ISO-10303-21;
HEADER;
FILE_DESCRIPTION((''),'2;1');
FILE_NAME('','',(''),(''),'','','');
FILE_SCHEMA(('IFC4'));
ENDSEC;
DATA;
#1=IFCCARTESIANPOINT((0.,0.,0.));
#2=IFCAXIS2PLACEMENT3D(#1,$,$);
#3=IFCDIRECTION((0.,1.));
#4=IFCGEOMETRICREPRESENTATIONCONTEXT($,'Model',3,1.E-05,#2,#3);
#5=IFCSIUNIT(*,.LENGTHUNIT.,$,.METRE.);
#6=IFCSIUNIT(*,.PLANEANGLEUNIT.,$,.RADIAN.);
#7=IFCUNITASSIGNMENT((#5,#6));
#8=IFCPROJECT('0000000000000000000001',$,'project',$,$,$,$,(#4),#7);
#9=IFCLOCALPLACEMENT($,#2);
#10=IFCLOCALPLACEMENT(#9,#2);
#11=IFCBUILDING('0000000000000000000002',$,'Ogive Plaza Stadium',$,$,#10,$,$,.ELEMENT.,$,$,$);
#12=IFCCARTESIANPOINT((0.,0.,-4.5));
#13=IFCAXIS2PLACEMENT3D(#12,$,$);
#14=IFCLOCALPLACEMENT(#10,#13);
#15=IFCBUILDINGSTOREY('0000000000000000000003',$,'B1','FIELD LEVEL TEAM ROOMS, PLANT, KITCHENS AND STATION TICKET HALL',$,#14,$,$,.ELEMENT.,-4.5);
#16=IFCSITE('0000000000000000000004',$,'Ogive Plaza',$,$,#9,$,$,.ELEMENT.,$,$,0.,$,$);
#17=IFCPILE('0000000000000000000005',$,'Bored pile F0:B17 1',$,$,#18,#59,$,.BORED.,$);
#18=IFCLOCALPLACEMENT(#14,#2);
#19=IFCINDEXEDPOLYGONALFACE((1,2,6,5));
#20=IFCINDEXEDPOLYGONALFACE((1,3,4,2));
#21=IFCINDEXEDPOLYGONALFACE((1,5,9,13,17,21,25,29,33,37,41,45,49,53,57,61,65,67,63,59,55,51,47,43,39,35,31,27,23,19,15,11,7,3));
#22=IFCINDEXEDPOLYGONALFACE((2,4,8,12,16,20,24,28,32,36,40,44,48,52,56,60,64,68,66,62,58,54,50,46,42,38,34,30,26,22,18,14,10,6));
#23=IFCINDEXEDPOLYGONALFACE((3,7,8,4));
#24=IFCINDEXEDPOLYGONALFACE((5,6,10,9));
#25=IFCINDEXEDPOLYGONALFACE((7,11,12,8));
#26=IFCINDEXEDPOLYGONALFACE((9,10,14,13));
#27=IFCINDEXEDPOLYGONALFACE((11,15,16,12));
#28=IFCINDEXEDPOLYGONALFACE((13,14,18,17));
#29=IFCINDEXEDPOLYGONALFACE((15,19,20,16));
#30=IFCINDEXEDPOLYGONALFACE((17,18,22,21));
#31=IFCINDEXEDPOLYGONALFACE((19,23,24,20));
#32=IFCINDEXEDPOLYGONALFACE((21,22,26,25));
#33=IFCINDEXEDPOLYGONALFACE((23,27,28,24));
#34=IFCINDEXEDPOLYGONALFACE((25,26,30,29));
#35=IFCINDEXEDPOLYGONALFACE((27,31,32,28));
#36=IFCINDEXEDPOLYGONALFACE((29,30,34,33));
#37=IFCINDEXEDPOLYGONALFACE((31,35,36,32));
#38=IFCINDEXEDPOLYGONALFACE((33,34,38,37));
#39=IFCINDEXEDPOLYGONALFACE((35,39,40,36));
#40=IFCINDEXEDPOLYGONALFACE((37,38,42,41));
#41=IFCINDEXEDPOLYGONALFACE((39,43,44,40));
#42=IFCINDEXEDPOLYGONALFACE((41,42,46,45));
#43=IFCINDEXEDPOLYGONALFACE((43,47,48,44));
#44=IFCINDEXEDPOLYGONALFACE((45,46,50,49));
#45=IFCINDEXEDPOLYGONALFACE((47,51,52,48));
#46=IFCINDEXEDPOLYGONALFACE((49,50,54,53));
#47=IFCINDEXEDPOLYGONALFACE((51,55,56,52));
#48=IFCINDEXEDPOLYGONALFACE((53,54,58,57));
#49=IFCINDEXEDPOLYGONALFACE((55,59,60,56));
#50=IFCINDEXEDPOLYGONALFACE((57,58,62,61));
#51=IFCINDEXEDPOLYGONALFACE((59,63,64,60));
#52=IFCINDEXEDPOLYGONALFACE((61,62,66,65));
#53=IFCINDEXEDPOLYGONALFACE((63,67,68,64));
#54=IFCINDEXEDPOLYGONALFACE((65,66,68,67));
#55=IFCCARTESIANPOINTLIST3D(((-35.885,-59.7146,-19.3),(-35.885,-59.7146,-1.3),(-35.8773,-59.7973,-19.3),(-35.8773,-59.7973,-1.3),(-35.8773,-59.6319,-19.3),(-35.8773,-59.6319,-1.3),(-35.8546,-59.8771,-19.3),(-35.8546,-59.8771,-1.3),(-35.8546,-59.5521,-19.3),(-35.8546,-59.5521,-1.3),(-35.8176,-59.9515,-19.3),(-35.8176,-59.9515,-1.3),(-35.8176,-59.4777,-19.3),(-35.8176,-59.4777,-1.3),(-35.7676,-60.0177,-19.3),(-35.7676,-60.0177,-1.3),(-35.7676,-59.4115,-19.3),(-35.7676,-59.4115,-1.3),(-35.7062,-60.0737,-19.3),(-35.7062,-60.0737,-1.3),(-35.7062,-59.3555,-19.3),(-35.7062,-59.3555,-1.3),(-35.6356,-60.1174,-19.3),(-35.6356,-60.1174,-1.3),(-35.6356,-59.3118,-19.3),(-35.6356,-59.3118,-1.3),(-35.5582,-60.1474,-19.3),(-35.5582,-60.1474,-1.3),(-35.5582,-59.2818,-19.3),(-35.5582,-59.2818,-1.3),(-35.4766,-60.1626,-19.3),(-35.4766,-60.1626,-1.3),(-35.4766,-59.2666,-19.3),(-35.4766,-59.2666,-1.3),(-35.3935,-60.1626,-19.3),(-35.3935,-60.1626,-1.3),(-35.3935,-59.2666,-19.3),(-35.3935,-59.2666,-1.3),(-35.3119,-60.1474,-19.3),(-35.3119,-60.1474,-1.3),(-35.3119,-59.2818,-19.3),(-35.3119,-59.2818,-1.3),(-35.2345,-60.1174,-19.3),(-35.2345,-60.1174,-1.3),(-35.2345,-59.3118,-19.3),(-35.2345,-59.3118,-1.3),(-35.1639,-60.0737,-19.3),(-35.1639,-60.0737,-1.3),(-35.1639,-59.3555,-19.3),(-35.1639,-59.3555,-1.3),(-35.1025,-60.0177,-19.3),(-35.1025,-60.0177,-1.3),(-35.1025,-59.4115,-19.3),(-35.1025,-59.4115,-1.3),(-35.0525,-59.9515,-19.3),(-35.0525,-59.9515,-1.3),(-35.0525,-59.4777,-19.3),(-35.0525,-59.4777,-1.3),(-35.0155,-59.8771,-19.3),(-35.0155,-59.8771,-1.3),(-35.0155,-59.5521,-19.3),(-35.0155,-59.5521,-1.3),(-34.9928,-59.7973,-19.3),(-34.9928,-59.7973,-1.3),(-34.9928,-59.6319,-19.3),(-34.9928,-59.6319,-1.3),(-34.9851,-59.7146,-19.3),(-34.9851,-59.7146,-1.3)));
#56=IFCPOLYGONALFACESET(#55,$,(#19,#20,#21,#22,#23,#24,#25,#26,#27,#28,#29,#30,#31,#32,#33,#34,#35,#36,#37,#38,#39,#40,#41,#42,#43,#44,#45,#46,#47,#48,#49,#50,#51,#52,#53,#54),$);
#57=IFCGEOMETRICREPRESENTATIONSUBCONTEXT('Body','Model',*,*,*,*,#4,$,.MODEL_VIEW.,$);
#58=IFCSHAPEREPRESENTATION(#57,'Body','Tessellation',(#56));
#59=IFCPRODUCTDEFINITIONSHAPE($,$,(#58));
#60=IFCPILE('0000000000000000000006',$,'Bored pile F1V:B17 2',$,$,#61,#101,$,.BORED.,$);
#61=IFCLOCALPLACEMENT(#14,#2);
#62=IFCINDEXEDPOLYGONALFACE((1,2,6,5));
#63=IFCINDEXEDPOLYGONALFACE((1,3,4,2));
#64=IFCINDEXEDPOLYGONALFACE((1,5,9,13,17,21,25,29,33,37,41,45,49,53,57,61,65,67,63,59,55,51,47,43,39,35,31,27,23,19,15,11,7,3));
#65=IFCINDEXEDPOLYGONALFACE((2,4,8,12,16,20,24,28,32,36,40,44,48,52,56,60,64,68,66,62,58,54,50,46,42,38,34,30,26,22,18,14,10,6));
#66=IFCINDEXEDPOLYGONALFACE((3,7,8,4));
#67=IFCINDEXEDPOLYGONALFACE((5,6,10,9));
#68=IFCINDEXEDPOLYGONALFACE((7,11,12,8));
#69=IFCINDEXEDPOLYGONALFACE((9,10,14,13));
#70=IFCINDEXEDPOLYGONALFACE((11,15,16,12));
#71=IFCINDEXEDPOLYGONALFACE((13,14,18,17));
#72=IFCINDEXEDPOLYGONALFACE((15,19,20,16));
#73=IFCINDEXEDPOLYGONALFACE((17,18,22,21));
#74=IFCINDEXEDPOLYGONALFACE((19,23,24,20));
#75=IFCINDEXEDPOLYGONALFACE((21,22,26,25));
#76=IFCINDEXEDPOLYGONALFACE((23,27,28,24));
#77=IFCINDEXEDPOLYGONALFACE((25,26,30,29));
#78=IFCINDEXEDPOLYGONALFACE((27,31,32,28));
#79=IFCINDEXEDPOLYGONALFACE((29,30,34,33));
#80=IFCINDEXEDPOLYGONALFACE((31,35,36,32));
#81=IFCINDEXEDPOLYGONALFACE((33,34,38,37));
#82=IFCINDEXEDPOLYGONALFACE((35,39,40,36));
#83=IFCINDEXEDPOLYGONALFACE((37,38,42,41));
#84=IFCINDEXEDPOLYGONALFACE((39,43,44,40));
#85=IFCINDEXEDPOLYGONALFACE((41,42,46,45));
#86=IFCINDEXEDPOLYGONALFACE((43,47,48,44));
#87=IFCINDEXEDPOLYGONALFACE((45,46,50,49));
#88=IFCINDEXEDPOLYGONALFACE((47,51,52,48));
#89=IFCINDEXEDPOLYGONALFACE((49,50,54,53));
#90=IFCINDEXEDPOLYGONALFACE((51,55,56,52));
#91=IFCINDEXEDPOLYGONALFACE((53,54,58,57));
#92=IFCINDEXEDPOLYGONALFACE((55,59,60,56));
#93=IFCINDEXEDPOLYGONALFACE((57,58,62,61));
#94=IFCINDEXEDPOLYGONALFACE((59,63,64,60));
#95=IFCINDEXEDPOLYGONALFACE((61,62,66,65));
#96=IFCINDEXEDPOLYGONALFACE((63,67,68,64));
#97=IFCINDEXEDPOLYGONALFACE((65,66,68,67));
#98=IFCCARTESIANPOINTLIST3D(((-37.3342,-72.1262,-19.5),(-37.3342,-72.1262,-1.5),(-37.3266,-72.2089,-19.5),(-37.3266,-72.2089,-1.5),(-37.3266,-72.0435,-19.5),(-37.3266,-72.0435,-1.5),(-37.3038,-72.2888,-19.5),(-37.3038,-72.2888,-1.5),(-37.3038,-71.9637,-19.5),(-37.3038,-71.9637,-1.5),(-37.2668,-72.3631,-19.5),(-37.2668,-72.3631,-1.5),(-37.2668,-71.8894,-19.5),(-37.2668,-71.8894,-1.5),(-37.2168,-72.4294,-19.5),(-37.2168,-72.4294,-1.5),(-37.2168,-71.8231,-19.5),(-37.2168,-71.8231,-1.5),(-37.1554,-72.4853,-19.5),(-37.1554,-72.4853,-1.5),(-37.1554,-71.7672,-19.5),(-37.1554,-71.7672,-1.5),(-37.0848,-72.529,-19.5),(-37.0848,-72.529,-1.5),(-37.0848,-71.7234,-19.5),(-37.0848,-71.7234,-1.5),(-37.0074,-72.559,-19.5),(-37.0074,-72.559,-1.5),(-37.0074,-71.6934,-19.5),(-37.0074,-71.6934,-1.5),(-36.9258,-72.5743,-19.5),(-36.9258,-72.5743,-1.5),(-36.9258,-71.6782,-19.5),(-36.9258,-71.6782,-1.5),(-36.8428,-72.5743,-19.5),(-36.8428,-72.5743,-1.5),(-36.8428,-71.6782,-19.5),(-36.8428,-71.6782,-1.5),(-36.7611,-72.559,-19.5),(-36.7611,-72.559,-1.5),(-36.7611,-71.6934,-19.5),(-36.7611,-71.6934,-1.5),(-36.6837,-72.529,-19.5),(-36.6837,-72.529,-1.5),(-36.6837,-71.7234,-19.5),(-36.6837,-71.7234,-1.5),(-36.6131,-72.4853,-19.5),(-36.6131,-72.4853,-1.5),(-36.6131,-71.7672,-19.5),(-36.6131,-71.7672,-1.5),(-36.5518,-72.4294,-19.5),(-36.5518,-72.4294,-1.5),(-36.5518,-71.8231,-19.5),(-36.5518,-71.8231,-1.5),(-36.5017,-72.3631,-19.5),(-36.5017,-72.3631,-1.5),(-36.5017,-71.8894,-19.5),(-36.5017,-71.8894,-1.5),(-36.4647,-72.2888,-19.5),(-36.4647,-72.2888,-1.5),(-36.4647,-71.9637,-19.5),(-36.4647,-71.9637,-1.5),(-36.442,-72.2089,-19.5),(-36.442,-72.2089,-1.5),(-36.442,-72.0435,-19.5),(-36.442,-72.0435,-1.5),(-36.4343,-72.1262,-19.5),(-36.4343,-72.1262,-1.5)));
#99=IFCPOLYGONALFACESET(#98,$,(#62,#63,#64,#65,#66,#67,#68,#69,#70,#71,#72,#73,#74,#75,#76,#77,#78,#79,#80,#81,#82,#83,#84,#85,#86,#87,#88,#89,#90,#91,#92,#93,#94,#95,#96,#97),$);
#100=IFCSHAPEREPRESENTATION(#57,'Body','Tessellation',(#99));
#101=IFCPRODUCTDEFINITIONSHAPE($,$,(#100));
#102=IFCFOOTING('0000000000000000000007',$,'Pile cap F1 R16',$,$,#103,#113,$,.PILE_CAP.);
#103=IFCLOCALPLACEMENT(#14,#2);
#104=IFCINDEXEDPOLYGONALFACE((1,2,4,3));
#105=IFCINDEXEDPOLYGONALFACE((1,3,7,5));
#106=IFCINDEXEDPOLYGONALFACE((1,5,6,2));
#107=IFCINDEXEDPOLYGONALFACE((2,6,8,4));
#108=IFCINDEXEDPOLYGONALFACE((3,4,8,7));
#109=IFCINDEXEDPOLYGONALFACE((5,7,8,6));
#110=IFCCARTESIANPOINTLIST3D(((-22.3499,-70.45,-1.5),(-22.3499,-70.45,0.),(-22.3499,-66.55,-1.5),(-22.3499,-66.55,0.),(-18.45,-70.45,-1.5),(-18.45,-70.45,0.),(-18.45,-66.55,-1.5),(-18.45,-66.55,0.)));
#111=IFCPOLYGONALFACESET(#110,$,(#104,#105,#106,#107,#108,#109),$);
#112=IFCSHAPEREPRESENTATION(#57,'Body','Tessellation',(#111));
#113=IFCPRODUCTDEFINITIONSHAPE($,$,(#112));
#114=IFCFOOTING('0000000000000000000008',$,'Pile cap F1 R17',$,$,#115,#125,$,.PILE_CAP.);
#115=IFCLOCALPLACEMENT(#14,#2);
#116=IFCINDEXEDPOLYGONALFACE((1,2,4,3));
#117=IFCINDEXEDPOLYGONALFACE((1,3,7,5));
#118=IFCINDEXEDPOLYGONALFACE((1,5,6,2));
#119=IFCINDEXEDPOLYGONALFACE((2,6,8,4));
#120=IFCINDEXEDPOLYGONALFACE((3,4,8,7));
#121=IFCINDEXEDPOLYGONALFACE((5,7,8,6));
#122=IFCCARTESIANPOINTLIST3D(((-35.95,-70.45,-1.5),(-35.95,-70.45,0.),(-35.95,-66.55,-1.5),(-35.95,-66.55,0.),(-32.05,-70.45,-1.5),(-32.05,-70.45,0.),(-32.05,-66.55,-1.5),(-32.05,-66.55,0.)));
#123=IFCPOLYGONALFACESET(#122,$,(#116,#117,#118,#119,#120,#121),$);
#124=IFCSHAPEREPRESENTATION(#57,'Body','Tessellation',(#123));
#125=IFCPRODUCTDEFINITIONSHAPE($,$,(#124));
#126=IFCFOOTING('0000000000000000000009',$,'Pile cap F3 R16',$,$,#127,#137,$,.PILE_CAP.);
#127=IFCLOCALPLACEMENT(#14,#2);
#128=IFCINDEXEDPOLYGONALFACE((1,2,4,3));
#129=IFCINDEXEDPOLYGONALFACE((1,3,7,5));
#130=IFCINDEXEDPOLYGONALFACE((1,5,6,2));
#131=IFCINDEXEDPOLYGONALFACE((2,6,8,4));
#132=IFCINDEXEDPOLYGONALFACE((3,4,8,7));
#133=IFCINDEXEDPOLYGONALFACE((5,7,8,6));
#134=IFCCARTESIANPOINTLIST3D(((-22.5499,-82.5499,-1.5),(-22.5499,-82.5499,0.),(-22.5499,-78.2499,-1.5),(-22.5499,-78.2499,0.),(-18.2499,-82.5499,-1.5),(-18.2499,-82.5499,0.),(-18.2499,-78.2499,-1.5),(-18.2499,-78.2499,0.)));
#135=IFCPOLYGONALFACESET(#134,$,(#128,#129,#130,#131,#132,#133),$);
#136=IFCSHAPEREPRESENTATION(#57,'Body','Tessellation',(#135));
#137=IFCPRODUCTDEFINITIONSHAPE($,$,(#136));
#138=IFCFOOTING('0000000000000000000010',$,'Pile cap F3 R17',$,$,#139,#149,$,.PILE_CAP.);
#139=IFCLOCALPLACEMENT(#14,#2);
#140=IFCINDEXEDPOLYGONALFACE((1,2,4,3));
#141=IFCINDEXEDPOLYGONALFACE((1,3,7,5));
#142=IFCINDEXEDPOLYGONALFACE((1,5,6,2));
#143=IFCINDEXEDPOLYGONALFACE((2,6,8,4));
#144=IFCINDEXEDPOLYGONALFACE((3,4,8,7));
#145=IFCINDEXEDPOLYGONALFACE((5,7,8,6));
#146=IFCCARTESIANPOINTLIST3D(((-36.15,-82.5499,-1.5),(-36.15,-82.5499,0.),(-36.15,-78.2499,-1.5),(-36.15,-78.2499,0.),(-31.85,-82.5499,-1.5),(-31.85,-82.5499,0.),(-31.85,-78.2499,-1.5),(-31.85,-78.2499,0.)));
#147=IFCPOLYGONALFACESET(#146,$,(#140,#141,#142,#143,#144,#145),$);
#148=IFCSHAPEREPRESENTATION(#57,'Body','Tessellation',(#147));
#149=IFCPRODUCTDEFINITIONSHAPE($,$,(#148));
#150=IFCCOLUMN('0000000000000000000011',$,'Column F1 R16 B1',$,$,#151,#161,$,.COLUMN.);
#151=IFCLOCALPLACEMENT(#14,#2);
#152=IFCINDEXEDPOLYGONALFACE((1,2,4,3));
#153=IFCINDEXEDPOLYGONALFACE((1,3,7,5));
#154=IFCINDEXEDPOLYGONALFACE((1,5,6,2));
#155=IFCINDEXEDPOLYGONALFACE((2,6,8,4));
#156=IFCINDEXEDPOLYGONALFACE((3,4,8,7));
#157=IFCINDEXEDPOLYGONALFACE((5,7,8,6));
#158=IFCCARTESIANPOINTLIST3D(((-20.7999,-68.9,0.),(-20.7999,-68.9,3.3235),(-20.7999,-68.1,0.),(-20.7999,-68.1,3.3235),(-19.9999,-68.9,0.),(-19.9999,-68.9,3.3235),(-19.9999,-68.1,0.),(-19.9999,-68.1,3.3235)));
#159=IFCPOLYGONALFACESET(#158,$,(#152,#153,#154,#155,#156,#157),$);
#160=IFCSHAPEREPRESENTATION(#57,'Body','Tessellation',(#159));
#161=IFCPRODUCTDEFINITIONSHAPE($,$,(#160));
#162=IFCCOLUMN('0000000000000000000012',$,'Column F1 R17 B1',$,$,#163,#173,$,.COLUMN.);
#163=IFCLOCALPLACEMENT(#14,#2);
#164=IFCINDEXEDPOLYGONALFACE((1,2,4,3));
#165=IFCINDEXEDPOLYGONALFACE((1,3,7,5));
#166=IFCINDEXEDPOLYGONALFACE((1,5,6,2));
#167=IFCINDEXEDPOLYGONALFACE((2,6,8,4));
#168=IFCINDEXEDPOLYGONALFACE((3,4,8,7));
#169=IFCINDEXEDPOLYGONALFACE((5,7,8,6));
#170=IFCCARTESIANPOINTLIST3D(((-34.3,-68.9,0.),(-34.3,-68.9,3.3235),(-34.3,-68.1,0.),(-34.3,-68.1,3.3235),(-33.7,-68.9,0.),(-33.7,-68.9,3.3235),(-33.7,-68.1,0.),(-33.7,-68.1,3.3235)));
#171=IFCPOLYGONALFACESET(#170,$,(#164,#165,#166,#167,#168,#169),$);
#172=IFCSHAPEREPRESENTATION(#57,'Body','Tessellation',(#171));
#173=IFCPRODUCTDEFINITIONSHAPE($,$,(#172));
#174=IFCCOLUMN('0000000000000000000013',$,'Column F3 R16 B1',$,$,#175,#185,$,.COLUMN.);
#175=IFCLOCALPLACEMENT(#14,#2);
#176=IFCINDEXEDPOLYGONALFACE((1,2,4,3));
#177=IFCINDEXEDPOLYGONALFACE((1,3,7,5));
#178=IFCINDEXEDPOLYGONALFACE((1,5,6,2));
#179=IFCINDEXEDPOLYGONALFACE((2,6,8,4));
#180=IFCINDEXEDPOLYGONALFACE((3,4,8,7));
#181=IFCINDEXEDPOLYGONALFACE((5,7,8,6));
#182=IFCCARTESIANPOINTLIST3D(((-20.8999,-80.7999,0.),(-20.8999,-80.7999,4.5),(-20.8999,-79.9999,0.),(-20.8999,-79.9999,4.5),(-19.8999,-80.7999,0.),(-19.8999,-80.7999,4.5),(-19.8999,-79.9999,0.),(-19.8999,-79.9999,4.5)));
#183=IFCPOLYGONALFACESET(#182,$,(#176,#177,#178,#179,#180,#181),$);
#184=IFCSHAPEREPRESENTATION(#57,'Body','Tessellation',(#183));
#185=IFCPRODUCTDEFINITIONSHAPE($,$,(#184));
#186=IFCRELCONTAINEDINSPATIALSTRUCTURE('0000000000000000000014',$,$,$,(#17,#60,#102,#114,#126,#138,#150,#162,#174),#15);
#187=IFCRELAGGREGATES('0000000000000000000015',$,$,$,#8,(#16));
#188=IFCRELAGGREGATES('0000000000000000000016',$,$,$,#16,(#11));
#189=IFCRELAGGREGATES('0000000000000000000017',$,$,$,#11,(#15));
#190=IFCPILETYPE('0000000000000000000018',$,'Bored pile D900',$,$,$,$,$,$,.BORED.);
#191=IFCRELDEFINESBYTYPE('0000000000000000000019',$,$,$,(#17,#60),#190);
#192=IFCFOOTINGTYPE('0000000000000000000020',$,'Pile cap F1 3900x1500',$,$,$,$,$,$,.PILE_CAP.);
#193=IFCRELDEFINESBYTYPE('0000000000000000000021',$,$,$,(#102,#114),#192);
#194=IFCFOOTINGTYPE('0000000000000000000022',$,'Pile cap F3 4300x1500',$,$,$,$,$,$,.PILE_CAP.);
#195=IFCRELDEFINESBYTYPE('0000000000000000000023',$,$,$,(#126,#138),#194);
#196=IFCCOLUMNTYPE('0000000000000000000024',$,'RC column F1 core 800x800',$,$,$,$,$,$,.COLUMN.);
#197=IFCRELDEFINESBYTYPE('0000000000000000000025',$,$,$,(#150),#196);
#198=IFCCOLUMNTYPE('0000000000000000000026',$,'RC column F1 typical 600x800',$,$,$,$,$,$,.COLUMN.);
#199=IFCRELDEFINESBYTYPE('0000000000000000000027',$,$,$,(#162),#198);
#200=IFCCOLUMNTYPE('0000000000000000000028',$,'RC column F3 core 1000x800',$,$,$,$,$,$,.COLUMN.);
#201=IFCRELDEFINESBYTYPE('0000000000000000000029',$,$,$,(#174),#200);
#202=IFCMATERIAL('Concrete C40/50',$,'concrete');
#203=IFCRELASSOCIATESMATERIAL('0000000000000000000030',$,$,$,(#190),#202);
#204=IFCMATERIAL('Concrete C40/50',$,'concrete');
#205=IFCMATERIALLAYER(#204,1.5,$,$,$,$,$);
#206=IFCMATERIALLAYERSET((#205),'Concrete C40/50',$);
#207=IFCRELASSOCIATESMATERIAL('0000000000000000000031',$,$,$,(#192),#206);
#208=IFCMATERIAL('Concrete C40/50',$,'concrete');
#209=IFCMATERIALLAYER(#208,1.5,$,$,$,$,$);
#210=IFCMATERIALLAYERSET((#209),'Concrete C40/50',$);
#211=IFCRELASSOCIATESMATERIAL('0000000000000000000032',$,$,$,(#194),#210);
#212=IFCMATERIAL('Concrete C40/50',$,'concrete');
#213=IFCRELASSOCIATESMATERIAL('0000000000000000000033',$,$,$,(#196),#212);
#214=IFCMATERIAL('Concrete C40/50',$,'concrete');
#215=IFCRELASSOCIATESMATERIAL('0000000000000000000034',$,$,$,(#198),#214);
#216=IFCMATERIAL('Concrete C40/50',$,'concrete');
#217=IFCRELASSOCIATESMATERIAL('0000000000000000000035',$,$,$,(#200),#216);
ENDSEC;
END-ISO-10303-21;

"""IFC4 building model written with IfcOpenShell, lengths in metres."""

from ifc_helpers import new_model, si_unit, direction, frame, origin, origin_2d, place, context, subcontext, project, spatial, rectangle, circle, extrude, material, layer, layer_set, material_profile, profile_set, type_object, element, save


model = new_model("IFC4")

# Units and contexts
model_context = context("Model", 3, precision=1e-05, world=origin(), true_north=direction((0.0, 1.0)))
body_context = subcontext(model_context, "Body", "Model", "MODEL_VIEW")
ifc_project = project(units=[si_unit("LENGTHUNIT", "METRE"), si_unit("PLANEANGLEUNIT", "RADIAN")], contexts=[model_context])

# Site, building, storey
site_placement = place(None, origin())
site = spatial("IfcSite", under=ifc_project, at=site_placement, Name="Ogive Plaza", CompositionType="ELEMENT", RefElevation=0.0)
building_placement = place(site_placement, origin())
building = spatial("IfcBuilding", under=site, at=building_placement, Name="Ogive Plaza Stadium", CompositionType="ELEMENT")
storey_placement = place(building_placement, frame((0.0, 0.0, -4.5)))
storey = spatial("IfcBuildingStorey", under=building, at=storey_placement, Name="B1", Description="FIELD LEVEL TEAM ROOMS, PLANT, KITCHENS AND STATION TICKET HALL", CompositionType="ELEMENT", Elevation=-4.5)

# Piles
ifc_material_1 = material(Name="Concrete C40/50", Category="concrete")
ifc_material_profile_1 = material_profile(ifc_material_1, circle(Radius=0.45, at=origin_2d()), Name="RC D900")
ifc_profile_set_1 = profile_set([ifc_material_profile_1], Name="Concrete C40/50")
pile_type_1 = type_object("IfcPileType", Name="Bored pile D900", PredefinedType="BORED", material=ifc_profile_set_1)
for number, where, z_axis, x_axis, name in (
    (1, (-35.4351, -59.7146, -1.3), (0.0, 0.0, -1.0), (1.0, 0.0, 0.0), "Bored pile F0:B17 1"),
    (2, (-36.8843, -72.1262, -1.5), (0.0, 0.0, -1.0), (1.0, 0.0, 0.0), "Bored pile F1V:B17 2"),
):
    element("IfcPile", number, at=place(storey_placement, frame(where, z_axis=z_axis, x_axis=x_axis)), inside=storey, type_object=pile_type_1, Name=name, PredefinedType="BORED", context=body_context, shape_type="SweptSolid", body=[
        extrude(circle(Radius=0.45, at=origin_2d()), origin(), (0.0, 0.0, 1.0), 18.0),
    ])

# Footings
ifc_material_2 = material(Name="Concrete C40/50", Category="concrete")
ifc_layer_1 = layer(ifc_material_2, 1.5)
ifc_layer_set_1 = layer_set([ifc_layer_1], Name="Concrete C40/50")
footing_type_1 = type_object("IfcFootingType", Name="Pile cap F1 3900x1500", PredefinedType="PILE_CAP", material=ifc_layer_set_1)
for number, where, z_axis, x_axis, name in (
    (3, (-20.3999, -68.5, -1.5), (0.0, 0.0, 1.0), (0.0, -1.0, 0.0), "Pile cap F1 R16"),
    (4, (-34.0, -68.5, -1.5), (0.0, 0.0, 1.0), (0.0, -1.0, 0.0), "Pile cap F1 R17"),
):
    element("IfcFooting", number, at=place(storey_placement, frame(where, z_axis=z_axis, x_axis=x_axis)), inside=storey, type_object=footing_type_1, Name=name, PredefinedType="PILE_CAP", context=body_context, shape_type="SweptSolid", body=[
        extrude(rectangle(XDim=3.8999, YDim=3.8999, at=origin_2d()), origin(), (0.0, 0.0, 1.0), 1.5),
    ])
ifc_material_3 = material(Name="Concrete C40/50", Category="concrete")
ifc_layer_2 = layer(ifc_material_3, 1.5)
ifc_layer_set_2 = layer_set([ifc_layer_2], Name="Concrete C40/50")
footing_type_2 = type_object("IfcFootingType", Name="Pile cap F3 4300x1500", PredefinedType="PILE_CAP", material=ifc_layer_set_2)
for number, where, z_axis, x_axis, name in (
    (5, (-20.3999, -80.3999, -1.5), (0.0, 0.0, 1.0), (0.0, -1.0, 0.0), "Pile cap F3 R16"),
    (6, (-34.0, -80.3999, -1.5), (0.0, 0.0, 1.0), (0.0, -1.0, 0.0), "Pile cap F3 R17"),
):
    element("IfcFooting", number, at=place(storey_placement, frame(where, z_axis=z_axis, x_axis=x_axis)), inside=storey, type_object=footing_type_2, Name=name, PredefinedType="PILE_CAP", context=body_context, shape_type="SweptSolid", body=[
        extrude(rectangle(XDim=4.3, YDim=4.3, at=origin_2d()), origin(), (0.0, 0.0, 1.0), 1.5),
    ])

# Columns
ifc_material_4 = material(Name="Concrete C40/50", Category="concrete")
ifc_material_profile_2 = material_profile(ifc_material_4, rectangle(XDim=0.8, YDim=0.8, at=origin_2d()), Name="RC 800x800")
ifc_profile_set_2 = profile_set([ifc_material_profile_2], Name="Concrete C40/50")
column_type_1 = type_object("IfcColumnType", Name="RC column F1 core 800x800", PredefinedType="COLUMN", material=ifc_profile_set_2)
column_1_placement = place(storey_placement, frame((-20.3999, -68.5, 0.0), z_axis=(0.0, 0.0, 1.0), x_axis=(1.0, 0.0, 0.0)))
element("IfcColumn", 7, at=column_1_placement, inside=storey, type_object=column_type_1, Name="Column F1 R16 B1", PredefinedType="COLUMN", context=body_context, shape_type="SweptSolid", body=[
    extrude(rectangle(XDim=0.8, YDim=0.8, at=origin_2d()), origin(), (0.0, 0.0, 1.0), 3.3235),
])
ifc_material_5 = material(Name="Concrete C40/50", Category="concrete")
ifc_material_profile_3 = material_profile(ifc_material_5, rectangle(XDim=0.6001, YDim=0.8, at=origin_2d()), Name="RC 600x800")
ifc_profile_set_3 = profile_set([ifc_material_profile_3], Name="Concrete C40/50")
column_type_2 = type_object("IfcColumnType", Name="RC column F1 typical 600x800", PredefinedType="COLUMN", material=ifc_profile_set_3)
column_2_placement = place(storey_placement, frame((-34.0, -68.5, 0.0), z_axis=(0.0, 0.0, 1.0), x_axis=(1.0, 0.0, 0.0)))
element("IfcColumn", 8, at=column_2_placement, inside=storey, type_object=column_type_2, Name="Column F1 R17 B1", PredefinedType="COLUMN", context=body_context, shape_type="SweptSolid", body=[
    extrude(rectangle(XDim=0.6001, YDim=0.8, at=origin_2d()), origin(), (0.0, 0.0, 1.0), 3.3235),
])
ifc_material_6 = material(Name="Concrete C40/50", Category="concrete")
ifc_material_profile_4 = material_profile(ifc_material_6, rectangle(XDim=1.0, YDim=0.8, at=origin_2d()), Name="RC 1000x800")
ifc_profile_set_4 = profile_set([ifc_material_profile_4], Name="Concrete C40/50")
column_type_3 = type_object("IfcColumnType", Name="RC column F3 core 1000x800", PredefinedType="COLUMN", material=ifc_profile_set_4)
column_3_placement = place(storey_placement, frame((-20.3999, -80.3999, 0.0), z_axis=(0.0, 0.0, 1.0), x_axis=(1.0, 0.0, 0.0)))
element("IfcColumn", 9, at=column_3_placement, inside=storey, type_object=column_type_3, Name="Column F3 R16 B1", PredefinedType="COLUMN", context=body_context, shape_type="SweptSolid", body=[
    extrude(rectangle(XDim=1.0, YDim=0.8, at=origin_2d()), origin(), (0.0, 0.0, 1.0), 4.5),
])

save(model, "model.ifc")
